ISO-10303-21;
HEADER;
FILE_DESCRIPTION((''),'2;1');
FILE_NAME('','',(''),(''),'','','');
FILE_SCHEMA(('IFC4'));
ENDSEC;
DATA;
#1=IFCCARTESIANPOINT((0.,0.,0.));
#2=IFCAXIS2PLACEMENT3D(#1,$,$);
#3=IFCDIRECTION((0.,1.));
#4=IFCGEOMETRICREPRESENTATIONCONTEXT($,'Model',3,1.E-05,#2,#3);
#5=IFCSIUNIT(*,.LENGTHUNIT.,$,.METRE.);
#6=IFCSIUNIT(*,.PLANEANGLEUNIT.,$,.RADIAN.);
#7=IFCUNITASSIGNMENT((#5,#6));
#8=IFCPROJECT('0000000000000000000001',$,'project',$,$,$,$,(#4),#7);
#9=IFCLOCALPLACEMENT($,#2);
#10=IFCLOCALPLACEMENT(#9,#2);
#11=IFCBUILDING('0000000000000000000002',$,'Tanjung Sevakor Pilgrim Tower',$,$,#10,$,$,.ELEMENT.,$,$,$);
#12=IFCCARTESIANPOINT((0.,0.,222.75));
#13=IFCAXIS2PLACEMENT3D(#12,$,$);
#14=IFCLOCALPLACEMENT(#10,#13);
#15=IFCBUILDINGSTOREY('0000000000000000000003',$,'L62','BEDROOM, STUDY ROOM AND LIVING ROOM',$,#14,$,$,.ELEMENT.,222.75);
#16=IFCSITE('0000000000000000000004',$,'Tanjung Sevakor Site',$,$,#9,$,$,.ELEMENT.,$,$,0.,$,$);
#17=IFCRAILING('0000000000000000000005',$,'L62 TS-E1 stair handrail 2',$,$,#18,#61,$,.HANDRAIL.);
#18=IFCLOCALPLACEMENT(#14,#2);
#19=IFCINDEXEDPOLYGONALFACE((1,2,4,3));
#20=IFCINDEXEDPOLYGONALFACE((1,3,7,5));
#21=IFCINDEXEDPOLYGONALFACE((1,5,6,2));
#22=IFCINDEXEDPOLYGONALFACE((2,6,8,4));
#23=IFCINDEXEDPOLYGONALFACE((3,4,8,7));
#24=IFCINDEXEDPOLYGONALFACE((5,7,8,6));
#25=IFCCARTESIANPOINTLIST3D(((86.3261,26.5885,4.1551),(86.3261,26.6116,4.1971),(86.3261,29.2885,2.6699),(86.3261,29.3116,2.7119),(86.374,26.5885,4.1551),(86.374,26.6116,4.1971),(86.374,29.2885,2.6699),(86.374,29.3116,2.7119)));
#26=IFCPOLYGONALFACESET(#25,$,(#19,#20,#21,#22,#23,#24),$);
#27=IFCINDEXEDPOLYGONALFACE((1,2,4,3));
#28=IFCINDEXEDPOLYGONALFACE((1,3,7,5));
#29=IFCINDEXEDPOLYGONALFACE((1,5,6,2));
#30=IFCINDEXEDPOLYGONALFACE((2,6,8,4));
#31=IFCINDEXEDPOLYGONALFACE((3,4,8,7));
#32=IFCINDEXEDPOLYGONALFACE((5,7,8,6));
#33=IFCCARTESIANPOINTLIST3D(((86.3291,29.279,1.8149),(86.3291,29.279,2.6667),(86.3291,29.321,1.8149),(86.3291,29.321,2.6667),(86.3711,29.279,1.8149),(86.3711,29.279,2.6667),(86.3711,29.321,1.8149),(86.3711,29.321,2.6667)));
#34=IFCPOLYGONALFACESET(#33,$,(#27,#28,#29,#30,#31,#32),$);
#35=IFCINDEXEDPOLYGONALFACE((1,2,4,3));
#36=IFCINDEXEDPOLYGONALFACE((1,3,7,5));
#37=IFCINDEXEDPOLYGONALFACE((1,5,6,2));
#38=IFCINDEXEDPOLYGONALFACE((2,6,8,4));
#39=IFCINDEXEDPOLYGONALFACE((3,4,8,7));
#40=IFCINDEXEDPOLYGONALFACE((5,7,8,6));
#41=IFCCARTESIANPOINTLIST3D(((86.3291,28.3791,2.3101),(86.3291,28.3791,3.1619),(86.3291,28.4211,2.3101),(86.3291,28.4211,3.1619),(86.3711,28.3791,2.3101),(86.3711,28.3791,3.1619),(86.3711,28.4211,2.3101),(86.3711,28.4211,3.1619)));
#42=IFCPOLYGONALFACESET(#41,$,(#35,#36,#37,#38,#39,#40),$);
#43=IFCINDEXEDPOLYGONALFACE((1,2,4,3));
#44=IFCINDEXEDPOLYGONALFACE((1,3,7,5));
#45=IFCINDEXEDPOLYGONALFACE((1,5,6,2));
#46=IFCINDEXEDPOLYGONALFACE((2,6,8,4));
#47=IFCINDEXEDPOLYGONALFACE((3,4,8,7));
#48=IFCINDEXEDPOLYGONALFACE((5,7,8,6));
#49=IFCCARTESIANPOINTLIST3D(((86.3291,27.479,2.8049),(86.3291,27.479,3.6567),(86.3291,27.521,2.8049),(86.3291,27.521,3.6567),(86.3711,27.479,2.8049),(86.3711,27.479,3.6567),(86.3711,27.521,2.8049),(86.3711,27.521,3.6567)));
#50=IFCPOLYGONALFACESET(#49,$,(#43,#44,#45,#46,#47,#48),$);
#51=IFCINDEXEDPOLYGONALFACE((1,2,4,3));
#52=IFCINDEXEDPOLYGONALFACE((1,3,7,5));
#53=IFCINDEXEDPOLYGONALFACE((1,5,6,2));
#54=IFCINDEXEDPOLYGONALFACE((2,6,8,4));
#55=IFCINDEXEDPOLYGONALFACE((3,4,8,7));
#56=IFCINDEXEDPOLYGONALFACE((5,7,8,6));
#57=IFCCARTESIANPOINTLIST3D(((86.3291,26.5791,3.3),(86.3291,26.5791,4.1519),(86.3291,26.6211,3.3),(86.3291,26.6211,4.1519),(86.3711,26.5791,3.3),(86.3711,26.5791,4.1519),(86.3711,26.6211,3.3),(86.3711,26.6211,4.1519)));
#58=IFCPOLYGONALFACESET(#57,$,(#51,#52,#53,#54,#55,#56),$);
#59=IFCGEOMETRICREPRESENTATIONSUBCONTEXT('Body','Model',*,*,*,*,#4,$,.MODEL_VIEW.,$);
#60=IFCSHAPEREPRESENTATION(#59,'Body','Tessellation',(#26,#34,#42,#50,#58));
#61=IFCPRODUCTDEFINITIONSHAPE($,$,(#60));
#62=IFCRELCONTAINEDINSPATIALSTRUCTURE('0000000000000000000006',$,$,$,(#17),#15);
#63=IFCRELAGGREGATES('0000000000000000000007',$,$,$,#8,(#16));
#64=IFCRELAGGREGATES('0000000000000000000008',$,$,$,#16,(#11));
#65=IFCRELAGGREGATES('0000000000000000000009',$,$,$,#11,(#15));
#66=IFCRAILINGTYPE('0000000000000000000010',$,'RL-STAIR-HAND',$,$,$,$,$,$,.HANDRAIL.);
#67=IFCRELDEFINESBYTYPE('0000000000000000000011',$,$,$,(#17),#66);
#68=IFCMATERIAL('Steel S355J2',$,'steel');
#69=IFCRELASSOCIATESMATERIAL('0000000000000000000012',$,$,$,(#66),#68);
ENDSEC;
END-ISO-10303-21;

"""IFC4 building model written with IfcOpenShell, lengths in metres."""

from ifc_helpers import new_model, si_unit, direction, frame, origin, place, context, subcontext, project, spatial, rectangle, extrude, material, type_object, element, save


model = new_model("IFC4")

# Units and contexts
model_context = context("Model", 3, precision=1e-05, world=origin(), true_north=direction((0.0, 1.0)))
body_context = subcontext(model_context, "Body", "Model", "MODEL_VIEW")
ifc_project = project(units=[si_unit("LENGTHUNIT", "METRE"), si_unit("PLANEANGLEUNIT", "RADIAN")], contexts=[model_context])

# Site, building, storey
site_placement = place(None, origin())
site = spatial("IfcSite", under=ifc_project, at=site_placement, Name="Tanjung Sevakor Site", CompositionType="ELEMENT", RefElevation=0.0)
building_placement = place(site_placement, origin())
building = spatial("IfcBuilding", under=site, at=building_placement, Name="Tanjung Sevakor Pilgrim Tower", CompositionType="ELEMENT")
storey_placement = place(building_placement, frame((0.0, 0.0, 222.75)))
storey = spatial("IfcBuildingStorey", under=building, at=storey_placement, Name="L62", Description="BEDROOM, STUDY ROOM AND LIVING ROOM", CompositionType="ELEMENT", Elevation=222.75)

# Railing
ifc_material_1 = material(Name="Steel S355J2", Category="steel")
railing_type_1 = type_object("IfcRailingType", Name="RL-STAIR-HAND", PredefinedType="HANDRAIL", material=ifc_material_1)
railing_1_placement = place(storey_placement, frame((86.3501, 29.3, 1.8149)))
element("IfcRailing", 1, at=railing_1_placement, inside=storey, type_object=railing_type_1, Name="L62 TS-E1 stair handrail 2", PredefinedType="HANDRAIL", context=body_context, shape_type="SweptSolid", body=[
    extrude(rectangle(XDim=0.0479, YDim=0.0479), frame((0.0, 0.0, 0.876), z_axis=(0.0, -0.876198, 0.481952), x_axis=(1.0, 0.0, 0.0)), (0.0, 0.0, 1.0), 3.0815),
    extrude(rectangle(XDim=0.042, YDim=0.042), origin(), (0.0, 0.0, 1.0), 0.8518),
    extrude(rectangle(XDim=0.042, YDim=0.042), frame((0.0, -0.8999, 0.4951)), (0.0, 0.0, 1.0), 0.8518),
    extrude(rectangle(XDim=0.042, YDim=0.042), frame((0.0, -1.8, 0.99)), (0.0, 0.0, 1.0), 0.8518),
    extrude(rectangle(XDim=0.042, YDim=0.042), frame((0.0, -2.7, 1.4851)), (0.0, 0.0, 1.0), 0.8518),
])

save(model, "model.ifc")
